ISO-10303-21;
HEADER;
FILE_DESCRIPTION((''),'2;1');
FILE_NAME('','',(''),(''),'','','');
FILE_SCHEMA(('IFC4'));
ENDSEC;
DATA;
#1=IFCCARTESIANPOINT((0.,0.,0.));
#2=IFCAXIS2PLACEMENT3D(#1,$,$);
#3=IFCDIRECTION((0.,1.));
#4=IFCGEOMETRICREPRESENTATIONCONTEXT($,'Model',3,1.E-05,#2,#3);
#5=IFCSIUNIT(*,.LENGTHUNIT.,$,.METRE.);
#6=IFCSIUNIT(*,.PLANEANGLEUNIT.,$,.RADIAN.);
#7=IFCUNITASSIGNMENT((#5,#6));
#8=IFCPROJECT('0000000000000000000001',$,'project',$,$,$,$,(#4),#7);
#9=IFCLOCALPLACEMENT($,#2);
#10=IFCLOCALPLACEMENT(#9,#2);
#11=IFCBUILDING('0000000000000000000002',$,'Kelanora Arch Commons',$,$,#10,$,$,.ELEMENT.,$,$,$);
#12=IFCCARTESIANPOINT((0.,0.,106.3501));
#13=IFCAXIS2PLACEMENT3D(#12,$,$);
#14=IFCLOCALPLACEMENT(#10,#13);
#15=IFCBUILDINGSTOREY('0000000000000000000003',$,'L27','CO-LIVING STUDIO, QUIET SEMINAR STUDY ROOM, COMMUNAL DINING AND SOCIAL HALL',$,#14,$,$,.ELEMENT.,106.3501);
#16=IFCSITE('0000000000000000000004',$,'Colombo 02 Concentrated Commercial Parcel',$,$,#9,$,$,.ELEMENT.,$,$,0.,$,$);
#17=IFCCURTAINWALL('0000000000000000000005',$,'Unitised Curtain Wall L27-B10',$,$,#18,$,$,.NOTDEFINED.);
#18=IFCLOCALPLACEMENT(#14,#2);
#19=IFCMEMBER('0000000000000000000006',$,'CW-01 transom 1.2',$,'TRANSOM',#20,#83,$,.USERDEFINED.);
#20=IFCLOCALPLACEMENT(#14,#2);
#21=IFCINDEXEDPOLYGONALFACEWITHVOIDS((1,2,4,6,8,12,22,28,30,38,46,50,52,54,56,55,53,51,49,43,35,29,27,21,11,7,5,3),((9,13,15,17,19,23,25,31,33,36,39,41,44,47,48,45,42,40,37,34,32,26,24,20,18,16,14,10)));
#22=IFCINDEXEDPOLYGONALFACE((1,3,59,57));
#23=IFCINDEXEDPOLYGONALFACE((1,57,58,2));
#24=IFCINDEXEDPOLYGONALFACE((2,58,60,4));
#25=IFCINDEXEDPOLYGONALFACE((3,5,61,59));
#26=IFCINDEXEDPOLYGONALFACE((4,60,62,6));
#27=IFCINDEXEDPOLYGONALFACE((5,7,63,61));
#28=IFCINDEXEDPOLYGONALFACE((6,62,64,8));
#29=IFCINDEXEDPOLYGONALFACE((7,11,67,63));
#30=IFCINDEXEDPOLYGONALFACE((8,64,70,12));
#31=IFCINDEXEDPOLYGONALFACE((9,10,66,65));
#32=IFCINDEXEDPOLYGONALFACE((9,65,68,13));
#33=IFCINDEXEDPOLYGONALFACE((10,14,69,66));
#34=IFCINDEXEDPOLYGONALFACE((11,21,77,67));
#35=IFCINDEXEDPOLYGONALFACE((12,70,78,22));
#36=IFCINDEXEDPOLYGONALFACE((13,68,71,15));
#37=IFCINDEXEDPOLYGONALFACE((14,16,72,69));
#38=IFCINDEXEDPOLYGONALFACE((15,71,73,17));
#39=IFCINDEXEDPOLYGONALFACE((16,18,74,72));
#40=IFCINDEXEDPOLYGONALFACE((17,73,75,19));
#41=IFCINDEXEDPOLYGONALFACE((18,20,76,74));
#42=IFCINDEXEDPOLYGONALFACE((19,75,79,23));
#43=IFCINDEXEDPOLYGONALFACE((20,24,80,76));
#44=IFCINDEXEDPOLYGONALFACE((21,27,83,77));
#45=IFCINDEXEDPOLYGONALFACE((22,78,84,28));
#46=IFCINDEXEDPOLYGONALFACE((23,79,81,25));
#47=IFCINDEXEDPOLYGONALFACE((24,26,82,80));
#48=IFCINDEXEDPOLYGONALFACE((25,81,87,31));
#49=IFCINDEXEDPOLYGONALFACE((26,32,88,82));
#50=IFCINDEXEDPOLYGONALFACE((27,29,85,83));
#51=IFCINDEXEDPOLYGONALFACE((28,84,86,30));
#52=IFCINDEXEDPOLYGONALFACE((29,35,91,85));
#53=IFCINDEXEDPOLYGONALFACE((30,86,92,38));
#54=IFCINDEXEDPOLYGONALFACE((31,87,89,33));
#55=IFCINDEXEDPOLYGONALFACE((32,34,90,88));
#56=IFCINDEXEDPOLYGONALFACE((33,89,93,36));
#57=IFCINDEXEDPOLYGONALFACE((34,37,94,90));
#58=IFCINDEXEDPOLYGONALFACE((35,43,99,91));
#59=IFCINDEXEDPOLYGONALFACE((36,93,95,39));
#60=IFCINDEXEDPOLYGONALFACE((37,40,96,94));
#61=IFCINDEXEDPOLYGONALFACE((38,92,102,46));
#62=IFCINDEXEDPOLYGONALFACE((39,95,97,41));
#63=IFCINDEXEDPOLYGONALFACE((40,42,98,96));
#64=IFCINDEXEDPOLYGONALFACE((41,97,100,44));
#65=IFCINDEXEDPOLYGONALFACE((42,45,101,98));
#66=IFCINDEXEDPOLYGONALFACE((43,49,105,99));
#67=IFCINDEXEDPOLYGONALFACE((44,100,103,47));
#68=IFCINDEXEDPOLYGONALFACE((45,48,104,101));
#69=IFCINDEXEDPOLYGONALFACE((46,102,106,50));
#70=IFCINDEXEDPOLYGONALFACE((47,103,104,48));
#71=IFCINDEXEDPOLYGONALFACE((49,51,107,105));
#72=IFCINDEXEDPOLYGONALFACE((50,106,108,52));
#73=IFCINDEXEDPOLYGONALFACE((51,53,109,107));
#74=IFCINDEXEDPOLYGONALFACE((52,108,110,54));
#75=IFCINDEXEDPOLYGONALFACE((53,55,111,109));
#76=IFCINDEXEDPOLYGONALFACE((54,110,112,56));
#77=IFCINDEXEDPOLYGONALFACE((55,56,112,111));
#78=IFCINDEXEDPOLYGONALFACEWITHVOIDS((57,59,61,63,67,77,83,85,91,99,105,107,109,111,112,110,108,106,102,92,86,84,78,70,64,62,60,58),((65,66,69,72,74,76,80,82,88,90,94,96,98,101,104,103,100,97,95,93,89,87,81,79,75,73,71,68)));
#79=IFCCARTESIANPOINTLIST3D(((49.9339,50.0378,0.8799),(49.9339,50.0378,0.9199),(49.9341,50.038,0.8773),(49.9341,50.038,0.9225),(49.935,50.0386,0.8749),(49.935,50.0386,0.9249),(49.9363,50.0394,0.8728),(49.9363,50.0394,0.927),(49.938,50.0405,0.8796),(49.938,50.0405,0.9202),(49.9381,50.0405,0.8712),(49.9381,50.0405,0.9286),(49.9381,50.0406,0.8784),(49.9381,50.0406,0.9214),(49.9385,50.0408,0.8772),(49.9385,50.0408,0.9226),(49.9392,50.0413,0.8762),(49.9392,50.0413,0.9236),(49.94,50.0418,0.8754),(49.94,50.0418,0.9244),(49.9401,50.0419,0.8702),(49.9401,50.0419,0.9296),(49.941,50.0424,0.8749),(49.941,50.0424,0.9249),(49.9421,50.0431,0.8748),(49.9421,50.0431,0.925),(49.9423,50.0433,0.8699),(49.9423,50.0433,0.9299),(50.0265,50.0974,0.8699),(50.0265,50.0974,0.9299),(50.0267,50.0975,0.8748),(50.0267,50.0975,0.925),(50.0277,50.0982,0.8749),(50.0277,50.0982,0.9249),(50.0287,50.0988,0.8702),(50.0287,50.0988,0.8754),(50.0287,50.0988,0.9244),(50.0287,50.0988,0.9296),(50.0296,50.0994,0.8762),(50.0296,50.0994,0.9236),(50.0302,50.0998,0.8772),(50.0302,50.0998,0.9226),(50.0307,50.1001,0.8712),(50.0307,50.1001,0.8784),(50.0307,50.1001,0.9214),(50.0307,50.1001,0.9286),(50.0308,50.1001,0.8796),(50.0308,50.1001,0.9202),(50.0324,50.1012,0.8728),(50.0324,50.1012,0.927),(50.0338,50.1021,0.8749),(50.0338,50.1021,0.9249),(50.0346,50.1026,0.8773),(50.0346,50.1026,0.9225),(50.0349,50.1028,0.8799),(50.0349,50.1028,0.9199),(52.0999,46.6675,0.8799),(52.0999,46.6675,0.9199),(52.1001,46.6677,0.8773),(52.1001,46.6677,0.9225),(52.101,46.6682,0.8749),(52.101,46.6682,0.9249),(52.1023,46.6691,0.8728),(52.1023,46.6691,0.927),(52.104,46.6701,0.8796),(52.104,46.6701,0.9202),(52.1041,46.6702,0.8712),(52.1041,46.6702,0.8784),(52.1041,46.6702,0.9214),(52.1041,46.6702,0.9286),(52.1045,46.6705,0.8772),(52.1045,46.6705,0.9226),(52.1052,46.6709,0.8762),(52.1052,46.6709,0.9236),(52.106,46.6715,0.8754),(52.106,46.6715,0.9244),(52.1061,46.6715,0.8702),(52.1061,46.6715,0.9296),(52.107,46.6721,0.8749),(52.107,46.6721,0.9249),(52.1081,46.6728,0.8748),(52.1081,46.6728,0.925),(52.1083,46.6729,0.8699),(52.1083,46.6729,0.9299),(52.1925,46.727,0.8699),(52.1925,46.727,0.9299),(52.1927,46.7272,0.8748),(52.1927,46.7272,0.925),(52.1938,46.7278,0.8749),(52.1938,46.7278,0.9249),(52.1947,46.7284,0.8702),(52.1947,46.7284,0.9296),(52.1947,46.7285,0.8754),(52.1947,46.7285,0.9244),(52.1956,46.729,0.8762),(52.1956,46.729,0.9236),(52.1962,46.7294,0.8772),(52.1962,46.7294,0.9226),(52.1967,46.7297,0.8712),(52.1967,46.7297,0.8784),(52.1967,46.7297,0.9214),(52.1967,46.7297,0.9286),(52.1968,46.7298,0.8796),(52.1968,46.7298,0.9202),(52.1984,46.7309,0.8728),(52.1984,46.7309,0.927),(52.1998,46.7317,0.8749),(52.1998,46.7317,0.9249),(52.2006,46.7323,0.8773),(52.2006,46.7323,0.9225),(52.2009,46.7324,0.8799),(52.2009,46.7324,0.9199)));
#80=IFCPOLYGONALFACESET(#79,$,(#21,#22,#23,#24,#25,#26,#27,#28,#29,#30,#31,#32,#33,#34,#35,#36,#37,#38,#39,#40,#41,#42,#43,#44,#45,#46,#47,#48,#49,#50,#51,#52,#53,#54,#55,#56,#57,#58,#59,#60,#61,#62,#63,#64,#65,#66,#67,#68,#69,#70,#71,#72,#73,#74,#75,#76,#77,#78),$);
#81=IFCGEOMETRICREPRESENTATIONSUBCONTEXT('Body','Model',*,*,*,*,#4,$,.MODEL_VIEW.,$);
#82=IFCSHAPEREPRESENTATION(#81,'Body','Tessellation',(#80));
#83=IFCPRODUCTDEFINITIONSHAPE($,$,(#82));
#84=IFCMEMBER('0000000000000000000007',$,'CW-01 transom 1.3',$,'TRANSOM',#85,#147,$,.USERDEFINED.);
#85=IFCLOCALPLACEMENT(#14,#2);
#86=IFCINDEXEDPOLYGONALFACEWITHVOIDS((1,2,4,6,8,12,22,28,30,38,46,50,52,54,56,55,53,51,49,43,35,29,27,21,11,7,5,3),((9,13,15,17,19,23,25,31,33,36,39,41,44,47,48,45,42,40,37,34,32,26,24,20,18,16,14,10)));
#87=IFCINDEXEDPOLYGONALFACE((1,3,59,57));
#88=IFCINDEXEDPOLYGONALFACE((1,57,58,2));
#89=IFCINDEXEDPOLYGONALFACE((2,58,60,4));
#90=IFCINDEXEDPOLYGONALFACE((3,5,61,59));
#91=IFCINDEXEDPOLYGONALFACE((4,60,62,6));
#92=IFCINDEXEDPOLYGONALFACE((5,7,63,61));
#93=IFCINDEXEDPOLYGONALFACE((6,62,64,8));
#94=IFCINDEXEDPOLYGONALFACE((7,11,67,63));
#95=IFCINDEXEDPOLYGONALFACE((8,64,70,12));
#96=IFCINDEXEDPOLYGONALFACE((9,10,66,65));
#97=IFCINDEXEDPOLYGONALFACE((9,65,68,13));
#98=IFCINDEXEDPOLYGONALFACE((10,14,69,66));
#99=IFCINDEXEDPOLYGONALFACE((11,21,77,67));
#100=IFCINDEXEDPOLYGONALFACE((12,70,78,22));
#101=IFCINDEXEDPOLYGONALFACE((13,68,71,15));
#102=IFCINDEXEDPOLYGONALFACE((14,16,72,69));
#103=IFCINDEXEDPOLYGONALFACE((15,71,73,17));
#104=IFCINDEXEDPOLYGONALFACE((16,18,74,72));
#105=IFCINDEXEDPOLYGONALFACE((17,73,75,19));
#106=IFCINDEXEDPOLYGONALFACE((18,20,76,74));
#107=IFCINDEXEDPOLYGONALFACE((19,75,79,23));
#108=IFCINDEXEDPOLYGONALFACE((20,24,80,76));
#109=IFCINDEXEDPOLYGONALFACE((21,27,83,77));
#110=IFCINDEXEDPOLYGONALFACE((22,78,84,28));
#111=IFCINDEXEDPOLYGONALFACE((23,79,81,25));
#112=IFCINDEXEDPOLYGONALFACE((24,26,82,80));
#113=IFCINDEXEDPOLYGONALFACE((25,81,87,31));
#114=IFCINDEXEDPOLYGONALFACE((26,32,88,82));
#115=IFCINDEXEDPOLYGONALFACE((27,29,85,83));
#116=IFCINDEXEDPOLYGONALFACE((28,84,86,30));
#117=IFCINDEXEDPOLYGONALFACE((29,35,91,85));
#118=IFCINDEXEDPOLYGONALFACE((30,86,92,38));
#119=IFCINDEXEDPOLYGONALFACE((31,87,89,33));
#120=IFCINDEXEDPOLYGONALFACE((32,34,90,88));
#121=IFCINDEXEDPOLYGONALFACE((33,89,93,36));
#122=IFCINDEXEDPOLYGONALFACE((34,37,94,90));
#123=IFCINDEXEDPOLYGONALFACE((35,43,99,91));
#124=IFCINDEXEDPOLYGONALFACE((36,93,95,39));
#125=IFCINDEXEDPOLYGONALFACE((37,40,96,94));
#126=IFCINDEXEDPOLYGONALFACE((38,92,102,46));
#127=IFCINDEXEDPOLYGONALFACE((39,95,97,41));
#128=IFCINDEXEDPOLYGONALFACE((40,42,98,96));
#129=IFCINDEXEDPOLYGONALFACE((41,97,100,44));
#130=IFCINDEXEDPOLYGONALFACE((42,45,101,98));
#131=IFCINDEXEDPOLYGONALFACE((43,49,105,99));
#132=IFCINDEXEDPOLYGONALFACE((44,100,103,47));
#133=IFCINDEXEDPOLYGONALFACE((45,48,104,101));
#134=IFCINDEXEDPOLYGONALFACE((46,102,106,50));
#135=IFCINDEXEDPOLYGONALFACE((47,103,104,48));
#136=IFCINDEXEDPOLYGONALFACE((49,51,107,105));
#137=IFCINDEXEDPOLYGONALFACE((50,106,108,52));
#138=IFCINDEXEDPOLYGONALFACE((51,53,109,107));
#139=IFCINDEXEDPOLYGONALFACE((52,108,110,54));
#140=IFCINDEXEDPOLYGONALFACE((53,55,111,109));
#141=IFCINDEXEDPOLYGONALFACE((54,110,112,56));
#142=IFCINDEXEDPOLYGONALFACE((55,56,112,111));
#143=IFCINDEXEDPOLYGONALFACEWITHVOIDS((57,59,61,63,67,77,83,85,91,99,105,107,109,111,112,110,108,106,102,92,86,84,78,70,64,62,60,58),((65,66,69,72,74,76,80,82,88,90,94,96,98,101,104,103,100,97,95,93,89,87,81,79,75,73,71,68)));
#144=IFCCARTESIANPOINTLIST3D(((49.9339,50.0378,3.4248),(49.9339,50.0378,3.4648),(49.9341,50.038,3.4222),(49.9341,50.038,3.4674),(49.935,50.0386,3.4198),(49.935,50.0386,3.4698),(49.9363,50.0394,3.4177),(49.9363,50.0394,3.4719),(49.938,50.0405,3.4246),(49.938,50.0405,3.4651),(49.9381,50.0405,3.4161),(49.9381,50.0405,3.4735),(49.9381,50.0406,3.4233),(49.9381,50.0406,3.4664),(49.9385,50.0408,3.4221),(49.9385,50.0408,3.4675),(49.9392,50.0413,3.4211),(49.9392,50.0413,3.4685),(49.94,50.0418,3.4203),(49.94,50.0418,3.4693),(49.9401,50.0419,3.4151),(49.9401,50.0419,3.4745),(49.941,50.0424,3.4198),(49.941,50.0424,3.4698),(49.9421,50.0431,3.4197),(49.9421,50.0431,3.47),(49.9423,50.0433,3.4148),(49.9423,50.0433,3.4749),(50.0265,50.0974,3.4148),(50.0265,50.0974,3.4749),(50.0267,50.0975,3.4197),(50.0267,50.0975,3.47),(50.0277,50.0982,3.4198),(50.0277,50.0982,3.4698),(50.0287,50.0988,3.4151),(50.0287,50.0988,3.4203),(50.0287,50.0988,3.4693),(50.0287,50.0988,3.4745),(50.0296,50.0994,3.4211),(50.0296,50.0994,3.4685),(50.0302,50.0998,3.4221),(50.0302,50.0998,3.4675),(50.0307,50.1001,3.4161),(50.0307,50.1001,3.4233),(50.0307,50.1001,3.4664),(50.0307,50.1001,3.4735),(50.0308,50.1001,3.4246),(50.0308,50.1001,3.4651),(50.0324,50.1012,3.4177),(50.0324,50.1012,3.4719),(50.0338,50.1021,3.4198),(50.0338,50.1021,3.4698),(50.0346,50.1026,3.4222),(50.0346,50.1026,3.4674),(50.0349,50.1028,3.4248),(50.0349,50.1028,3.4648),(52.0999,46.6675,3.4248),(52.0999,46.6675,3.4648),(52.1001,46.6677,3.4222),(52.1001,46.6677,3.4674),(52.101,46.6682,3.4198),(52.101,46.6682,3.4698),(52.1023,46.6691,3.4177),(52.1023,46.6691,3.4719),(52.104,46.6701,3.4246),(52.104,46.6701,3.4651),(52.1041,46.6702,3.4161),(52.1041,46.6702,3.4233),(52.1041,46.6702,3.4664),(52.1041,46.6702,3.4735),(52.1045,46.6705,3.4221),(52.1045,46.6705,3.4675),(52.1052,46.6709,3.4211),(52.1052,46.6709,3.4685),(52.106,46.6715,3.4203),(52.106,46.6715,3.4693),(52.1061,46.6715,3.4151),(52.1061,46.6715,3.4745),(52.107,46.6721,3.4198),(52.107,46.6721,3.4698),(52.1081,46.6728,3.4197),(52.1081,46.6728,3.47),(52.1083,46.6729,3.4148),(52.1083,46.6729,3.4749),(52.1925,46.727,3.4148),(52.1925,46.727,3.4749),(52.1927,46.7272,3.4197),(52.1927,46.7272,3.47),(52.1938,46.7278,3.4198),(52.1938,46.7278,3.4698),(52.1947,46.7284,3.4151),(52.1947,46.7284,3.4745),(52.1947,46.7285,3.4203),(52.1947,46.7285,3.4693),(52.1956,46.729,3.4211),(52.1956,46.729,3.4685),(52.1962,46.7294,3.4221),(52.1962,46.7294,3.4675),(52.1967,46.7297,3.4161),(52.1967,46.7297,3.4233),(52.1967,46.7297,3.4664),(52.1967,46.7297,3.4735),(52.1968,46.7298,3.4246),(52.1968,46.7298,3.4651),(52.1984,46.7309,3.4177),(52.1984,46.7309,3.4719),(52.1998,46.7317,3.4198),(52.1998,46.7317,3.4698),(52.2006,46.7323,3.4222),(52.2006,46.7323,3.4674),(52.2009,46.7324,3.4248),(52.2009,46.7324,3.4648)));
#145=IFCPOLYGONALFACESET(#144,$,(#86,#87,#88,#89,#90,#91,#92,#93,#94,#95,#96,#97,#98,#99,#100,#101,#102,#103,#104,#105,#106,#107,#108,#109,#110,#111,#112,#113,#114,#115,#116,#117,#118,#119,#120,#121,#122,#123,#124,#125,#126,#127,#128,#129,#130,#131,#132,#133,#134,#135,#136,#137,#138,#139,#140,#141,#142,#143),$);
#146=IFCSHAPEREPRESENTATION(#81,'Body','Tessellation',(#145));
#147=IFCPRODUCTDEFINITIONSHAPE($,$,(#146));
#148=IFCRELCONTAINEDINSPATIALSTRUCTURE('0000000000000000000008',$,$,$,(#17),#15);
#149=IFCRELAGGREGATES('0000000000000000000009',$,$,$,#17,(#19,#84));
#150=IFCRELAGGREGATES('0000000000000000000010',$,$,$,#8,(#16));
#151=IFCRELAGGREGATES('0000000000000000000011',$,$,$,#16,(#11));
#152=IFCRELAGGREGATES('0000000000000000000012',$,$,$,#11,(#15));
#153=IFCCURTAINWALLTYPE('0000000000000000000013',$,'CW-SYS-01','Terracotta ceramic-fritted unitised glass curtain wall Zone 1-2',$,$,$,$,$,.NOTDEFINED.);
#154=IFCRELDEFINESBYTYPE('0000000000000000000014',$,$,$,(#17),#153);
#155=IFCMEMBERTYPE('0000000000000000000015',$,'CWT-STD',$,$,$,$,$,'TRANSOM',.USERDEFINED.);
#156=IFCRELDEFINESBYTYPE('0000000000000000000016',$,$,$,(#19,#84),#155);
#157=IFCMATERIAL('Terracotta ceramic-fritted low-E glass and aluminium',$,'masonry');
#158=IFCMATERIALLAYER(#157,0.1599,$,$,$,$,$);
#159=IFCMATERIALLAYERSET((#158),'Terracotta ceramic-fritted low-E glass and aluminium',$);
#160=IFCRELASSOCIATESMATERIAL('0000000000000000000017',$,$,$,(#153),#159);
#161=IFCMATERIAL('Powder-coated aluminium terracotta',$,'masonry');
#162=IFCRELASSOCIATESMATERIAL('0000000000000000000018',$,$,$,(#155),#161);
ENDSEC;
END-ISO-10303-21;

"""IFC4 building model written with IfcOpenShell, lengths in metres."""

from ifc_helpers import new_model, si_unit, direction, frame, origin, origin_2d, place, context, subcontext, project, spatial, hollow_rectangle, extrude, material, layer, layer_set, material_profile, profile_set, type_object, element, aggregate, save


model = new_model("IFC4")

# Units and contexts
model_context = context("Model", 3, precision=1e-05, world=origin(), true_north=direction((0.0, 1.0)))
body_context = subcontext(model_context, "Body", "Model", "MODEL_VIEW")
ifc_project = project(units=[si_unit("LENGTHUNIT", "METRE"), si_unit("PLANEANGLEUNIT", "RADIAN")], contexts=[model_context])

# Site, building, storey
site_placement = place(None, origin())
site = spatial("IfcSite", under=ifc_project, at=site_placement, Name="Colombo 02 Concentrated Commercial Parcel", CompositionType="ELEMENT", RefElevation=0.0)
building_placement = place(site_placement, origin())
building = spatial("IfcBuilding", under=site, at=building_placement, Name="Kelanora Arch Commons", CompositionType="ELEMENT")
storey_placement = place(building_placement, frame((0.0, 0.0, 106.3501)))
storey = spatial("IfcBuildingStorey", under=building, at=storey_placement, Name="L27", Description="CO-LIVING STUDIO, QUIET SEMINAR STUDY ROOM, COMMUNAL DINING AND SOCIAL HALL", CompositionType="ELEMENT", Elevation=106.3501)

# Shared definitions
ifc_material_1 = material(Name="Terracotta ceramic-fritted low-E glass and aluminium", Category="masonry")
ifc_layer_1 = layer(ifc_material_1, 0.1599)
ifc_layer_set_1 = layer_set([ifc_layer_1], Name="Terracotta ceramic-fritted low-E glass and aluminium")
curtain_wall_type = type_object("IfcCurtainWallType", Name="CW-SYS-01", Description="Terracotta ceramic-fritted unitised glass curtain wall Zone 1-2", PredefinedType="NOTDEFINED", material=ifc_layer_set_1)
ifc_material_2 = material(Name="Powder-coated aluminium terracotta", Category="masonry")

# Curtain wall, members
curtain_wall_1_placement = place(storey_placement, origin())
curtain_wall_1 = element("IfcCurtainWall", 1, at=curtain_wall_1_placement, inside=storey, type_object=curtain_wall_type, Name="Unitised Curtain Wall L27-B10", PredefinedType="NOTDEFINED")
ifc_material_profile_1 = material_profile(ifc_material_2, hollow_rectangle(XDim=0.1201, YDim=0.0601, WallThickness=0.0049, InnerFilletRadius=0.0049, OuterFilletRadius=0.01, at=origin_2d()), Name="CWT120x60")
ifc_profile_set_1 = profile_set([ifc_material_profile_1], Name="Powder-coated aluminium terracotta")
member_type_1 = type_object("IfcMemberType", Name="CWT-STD", ElementType="TRANSOM", PredefinedType="USERDEFINED", material=ifc_profile_set_1)
member_1_placement = place(storey_placement, frame((49.9844, 50.0703, 0.8999), z_axis=(0.540644, -0.841252, 0.0), x_axis=(0.841252, 0.540644, 0.0)))
member_1 = element("IfcMember", 2, at=member_1_placement, type_object=member_type_1, Name="CW-01 transom 1.2", ObjectType="TRANSOM", PredefinedType="USERDEFINED", context=body_context, shape_type="SweptSolid", body=[
    extrude(hollow_rectangle(XDim=0.1201, YDim=0.0601, WallThickness=0.0049, InnerFilletRadius=0.0049, OuterFilletRadius=0.01, at=origin_2d()), origin(), (0.0, 0.0, 1.0), 4.0063),
])
member_2_placement = place(storey_placement, frame((49.9844, 50.0703, 3.4448), z_axis=(0.540644, -0.841252, 0.0), x_axis=(0.841252, 0.540644, 0.0)))
member_2 = element("IfcMember", 3, at=member_2_placement, type_object=member_type_1, Name="CW-01 transom 1.3", ObjectType="TRANSOM", PredefinedType="USERDEFINED", context=body_context, shape_type="SweptSolid", body=[
    extrude(hollow_rectangle(XDim=0.1201, YDim=0.0601, WallThickness=0.0049, InnerFilletRadius=0.0049, OuterFilletRadius=0.01, at=origin_2d()), origin(), (0.0, 0.0, 1.0), 4.0063),
])

aggregate(curtain_wall_1, [member_1, member_2])

save(model, "model.ifc")
